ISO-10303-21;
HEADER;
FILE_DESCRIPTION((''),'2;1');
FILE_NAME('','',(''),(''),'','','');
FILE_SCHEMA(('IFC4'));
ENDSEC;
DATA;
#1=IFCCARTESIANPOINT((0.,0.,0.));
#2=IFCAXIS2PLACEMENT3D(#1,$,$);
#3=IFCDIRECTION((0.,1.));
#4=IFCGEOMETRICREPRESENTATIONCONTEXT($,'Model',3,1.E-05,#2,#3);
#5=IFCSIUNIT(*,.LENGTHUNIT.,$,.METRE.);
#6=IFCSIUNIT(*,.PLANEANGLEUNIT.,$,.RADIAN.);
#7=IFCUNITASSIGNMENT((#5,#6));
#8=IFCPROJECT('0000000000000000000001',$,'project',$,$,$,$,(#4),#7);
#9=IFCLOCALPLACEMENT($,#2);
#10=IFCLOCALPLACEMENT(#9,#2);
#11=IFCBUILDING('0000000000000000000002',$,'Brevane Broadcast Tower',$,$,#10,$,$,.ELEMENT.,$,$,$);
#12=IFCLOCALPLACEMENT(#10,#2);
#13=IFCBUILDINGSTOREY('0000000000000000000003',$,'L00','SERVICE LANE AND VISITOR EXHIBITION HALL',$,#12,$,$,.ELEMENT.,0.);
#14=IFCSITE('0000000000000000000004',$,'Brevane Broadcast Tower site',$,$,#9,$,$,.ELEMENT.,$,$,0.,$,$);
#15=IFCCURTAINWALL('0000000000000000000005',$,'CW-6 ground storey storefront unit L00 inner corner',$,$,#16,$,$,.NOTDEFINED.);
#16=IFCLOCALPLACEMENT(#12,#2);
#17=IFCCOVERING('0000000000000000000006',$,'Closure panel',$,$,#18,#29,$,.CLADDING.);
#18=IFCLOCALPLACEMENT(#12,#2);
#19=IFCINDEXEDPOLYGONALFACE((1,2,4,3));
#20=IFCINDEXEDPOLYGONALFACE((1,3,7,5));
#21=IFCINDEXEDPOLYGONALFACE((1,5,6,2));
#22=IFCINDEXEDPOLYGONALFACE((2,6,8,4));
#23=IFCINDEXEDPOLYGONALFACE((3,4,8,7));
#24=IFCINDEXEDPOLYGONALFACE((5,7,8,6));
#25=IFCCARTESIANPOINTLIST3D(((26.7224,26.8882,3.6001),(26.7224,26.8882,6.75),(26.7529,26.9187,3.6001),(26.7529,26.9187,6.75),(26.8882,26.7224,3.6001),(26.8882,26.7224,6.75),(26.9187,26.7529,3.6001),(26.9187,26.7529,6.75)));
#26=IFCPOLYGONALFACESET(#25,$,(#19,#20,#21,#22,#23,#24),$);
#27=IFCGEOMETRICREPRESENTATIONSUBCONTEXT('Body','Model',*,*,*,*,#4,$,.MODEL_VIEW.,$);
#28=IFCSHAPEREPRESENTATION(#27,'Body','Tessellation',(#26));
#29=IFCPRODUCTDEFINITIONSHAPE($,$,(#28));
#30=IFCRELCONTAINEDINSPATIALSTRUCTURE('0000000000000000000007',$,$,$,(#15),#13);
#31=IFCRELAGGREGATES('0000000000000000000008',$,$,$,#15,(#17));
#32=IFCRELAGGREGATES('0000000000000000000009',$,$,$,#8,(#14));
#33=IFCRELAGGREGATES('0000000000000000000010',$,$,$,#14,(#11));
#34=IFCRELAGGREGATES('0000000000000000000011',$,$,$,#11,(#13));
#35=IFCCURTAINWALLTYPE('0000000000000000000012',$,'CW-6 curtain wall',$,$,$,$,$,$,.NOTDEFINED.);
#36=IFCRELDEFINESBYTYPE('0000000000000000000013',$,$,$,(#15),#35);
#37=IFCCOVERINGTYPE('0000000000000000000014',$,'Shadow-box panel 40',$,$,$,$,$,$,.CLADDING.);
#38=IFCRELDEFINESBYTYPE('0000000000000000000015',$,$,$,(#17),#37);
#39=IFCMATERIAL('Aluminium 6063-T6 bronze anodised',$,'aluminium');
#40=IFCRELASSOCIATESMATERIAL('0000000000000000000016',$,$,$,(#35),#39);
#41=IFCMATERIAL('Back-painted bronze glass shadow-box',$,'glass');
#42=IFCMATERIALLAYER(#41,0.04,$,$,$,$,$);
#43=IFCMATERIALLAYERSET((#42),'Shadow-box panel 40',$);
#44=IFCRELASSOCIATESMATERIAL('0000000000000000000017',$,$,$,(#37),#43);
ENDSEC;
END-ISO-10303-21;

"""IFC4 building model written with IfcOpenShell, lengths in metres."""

from ifc_helpers import new_model, si_unit, direction, frame, origin, place, context, subcontext, project, spatial, polyline, outline, extrude, material, layer, layer_set, type_object, element, aggregate, save


model = new_model("IFC4")

# Units and contexts
model_context = context("Model", 3, precision=1e-05, world=origin(), true_north=direction((0.0, 1.0)))
body_context = subcontext(model_context, "Body", "Model", "MODEL_VIEW")
ifc_project = project(units=[si_unit("LENGTHUNIT", "METRE"), si_unit("PLANEANGLEUNIT", "RADIAN")], contexts=[model_context])

# Site, building, storey
site_placement = place(None, origin())
site = spatial("IfcSite", under=ifc_project, at=site_placement, Name="Brevane Broadcast Tower site", CompositionType="ELEMENT", RefElevation=0.0)
building_placement = place(site_placement, origin())
building = spatial("IfcBuilding", under=site, at=building_placement, Name="Brevane Broadcast Tower", CompositionType="ELEMENT")
storey_placement = place(building_placement, origin())
storey = spatial("IfcBuildingStorey", under=building, at=storey_placement, Name="L00", Description="SERVICE LANE AND VISITOR EXHIBITION HALL", CompositionType="ELEMENT", Elevation=0.0)

# Shared definitions
ifc_material_1 = material(Name="Aluminium 6063-T6 bronze anodised", Category="aluminium")
curtain_wall_type = type_object("IfcCurtainWallType", Name="CW-6 curtain wall", PredefinedType="NOTDEFINED", material=ifc_material_1)

# Curtain wall, covering
curtain_wall_1_placement = place(storey_placement, origin())
curtain_wall_1 = element("IfcCurtainWall", 1, at=curtain_wall_1_placement, inside=storey, type_object=curtain_wall_type, Name="CW-6 ground storey storefront unit L00 inner corner", PredefinedType="NOTDEFINED")
ifc_material_2 = material(Name="Back-painted bronze glass shadow-box", Category="glass")
ifc_layer_1 = layer(ifc_material_2, 0.04)
ifc_layer_set_1 = layer_set([ifc_layer_1], Name="Shadow-box panel 40")
covering_type = type_object("IfcCoveringType", Name="Shadow-box panel 40", PredefinedType="CLADDING", material=ifc_layer_set_1)
covering_1_placement = place(storey_placement, frame((0.0, 0.0, 3.6001)))
covering_1 = element("IfcCovering", 2, at=covering_1_placement, type_object=covering_type, Name="Closure panel", PredefinedType="CLADDING", context=body_context, shape_type="SweptSolid", body=[
    extrude(outline(polyline([(26.8882, 26.7224), (26.9187, 26.7529), (26.7529, 26.9187), (26.7224, 26.8882), (26.8882, 26.7224)])), origin(), (0.0, 0.0, 1.0), 3.1499),
])
aggregate(curtain_wall_1, [covering_1])

save(model, "model.ifc")
